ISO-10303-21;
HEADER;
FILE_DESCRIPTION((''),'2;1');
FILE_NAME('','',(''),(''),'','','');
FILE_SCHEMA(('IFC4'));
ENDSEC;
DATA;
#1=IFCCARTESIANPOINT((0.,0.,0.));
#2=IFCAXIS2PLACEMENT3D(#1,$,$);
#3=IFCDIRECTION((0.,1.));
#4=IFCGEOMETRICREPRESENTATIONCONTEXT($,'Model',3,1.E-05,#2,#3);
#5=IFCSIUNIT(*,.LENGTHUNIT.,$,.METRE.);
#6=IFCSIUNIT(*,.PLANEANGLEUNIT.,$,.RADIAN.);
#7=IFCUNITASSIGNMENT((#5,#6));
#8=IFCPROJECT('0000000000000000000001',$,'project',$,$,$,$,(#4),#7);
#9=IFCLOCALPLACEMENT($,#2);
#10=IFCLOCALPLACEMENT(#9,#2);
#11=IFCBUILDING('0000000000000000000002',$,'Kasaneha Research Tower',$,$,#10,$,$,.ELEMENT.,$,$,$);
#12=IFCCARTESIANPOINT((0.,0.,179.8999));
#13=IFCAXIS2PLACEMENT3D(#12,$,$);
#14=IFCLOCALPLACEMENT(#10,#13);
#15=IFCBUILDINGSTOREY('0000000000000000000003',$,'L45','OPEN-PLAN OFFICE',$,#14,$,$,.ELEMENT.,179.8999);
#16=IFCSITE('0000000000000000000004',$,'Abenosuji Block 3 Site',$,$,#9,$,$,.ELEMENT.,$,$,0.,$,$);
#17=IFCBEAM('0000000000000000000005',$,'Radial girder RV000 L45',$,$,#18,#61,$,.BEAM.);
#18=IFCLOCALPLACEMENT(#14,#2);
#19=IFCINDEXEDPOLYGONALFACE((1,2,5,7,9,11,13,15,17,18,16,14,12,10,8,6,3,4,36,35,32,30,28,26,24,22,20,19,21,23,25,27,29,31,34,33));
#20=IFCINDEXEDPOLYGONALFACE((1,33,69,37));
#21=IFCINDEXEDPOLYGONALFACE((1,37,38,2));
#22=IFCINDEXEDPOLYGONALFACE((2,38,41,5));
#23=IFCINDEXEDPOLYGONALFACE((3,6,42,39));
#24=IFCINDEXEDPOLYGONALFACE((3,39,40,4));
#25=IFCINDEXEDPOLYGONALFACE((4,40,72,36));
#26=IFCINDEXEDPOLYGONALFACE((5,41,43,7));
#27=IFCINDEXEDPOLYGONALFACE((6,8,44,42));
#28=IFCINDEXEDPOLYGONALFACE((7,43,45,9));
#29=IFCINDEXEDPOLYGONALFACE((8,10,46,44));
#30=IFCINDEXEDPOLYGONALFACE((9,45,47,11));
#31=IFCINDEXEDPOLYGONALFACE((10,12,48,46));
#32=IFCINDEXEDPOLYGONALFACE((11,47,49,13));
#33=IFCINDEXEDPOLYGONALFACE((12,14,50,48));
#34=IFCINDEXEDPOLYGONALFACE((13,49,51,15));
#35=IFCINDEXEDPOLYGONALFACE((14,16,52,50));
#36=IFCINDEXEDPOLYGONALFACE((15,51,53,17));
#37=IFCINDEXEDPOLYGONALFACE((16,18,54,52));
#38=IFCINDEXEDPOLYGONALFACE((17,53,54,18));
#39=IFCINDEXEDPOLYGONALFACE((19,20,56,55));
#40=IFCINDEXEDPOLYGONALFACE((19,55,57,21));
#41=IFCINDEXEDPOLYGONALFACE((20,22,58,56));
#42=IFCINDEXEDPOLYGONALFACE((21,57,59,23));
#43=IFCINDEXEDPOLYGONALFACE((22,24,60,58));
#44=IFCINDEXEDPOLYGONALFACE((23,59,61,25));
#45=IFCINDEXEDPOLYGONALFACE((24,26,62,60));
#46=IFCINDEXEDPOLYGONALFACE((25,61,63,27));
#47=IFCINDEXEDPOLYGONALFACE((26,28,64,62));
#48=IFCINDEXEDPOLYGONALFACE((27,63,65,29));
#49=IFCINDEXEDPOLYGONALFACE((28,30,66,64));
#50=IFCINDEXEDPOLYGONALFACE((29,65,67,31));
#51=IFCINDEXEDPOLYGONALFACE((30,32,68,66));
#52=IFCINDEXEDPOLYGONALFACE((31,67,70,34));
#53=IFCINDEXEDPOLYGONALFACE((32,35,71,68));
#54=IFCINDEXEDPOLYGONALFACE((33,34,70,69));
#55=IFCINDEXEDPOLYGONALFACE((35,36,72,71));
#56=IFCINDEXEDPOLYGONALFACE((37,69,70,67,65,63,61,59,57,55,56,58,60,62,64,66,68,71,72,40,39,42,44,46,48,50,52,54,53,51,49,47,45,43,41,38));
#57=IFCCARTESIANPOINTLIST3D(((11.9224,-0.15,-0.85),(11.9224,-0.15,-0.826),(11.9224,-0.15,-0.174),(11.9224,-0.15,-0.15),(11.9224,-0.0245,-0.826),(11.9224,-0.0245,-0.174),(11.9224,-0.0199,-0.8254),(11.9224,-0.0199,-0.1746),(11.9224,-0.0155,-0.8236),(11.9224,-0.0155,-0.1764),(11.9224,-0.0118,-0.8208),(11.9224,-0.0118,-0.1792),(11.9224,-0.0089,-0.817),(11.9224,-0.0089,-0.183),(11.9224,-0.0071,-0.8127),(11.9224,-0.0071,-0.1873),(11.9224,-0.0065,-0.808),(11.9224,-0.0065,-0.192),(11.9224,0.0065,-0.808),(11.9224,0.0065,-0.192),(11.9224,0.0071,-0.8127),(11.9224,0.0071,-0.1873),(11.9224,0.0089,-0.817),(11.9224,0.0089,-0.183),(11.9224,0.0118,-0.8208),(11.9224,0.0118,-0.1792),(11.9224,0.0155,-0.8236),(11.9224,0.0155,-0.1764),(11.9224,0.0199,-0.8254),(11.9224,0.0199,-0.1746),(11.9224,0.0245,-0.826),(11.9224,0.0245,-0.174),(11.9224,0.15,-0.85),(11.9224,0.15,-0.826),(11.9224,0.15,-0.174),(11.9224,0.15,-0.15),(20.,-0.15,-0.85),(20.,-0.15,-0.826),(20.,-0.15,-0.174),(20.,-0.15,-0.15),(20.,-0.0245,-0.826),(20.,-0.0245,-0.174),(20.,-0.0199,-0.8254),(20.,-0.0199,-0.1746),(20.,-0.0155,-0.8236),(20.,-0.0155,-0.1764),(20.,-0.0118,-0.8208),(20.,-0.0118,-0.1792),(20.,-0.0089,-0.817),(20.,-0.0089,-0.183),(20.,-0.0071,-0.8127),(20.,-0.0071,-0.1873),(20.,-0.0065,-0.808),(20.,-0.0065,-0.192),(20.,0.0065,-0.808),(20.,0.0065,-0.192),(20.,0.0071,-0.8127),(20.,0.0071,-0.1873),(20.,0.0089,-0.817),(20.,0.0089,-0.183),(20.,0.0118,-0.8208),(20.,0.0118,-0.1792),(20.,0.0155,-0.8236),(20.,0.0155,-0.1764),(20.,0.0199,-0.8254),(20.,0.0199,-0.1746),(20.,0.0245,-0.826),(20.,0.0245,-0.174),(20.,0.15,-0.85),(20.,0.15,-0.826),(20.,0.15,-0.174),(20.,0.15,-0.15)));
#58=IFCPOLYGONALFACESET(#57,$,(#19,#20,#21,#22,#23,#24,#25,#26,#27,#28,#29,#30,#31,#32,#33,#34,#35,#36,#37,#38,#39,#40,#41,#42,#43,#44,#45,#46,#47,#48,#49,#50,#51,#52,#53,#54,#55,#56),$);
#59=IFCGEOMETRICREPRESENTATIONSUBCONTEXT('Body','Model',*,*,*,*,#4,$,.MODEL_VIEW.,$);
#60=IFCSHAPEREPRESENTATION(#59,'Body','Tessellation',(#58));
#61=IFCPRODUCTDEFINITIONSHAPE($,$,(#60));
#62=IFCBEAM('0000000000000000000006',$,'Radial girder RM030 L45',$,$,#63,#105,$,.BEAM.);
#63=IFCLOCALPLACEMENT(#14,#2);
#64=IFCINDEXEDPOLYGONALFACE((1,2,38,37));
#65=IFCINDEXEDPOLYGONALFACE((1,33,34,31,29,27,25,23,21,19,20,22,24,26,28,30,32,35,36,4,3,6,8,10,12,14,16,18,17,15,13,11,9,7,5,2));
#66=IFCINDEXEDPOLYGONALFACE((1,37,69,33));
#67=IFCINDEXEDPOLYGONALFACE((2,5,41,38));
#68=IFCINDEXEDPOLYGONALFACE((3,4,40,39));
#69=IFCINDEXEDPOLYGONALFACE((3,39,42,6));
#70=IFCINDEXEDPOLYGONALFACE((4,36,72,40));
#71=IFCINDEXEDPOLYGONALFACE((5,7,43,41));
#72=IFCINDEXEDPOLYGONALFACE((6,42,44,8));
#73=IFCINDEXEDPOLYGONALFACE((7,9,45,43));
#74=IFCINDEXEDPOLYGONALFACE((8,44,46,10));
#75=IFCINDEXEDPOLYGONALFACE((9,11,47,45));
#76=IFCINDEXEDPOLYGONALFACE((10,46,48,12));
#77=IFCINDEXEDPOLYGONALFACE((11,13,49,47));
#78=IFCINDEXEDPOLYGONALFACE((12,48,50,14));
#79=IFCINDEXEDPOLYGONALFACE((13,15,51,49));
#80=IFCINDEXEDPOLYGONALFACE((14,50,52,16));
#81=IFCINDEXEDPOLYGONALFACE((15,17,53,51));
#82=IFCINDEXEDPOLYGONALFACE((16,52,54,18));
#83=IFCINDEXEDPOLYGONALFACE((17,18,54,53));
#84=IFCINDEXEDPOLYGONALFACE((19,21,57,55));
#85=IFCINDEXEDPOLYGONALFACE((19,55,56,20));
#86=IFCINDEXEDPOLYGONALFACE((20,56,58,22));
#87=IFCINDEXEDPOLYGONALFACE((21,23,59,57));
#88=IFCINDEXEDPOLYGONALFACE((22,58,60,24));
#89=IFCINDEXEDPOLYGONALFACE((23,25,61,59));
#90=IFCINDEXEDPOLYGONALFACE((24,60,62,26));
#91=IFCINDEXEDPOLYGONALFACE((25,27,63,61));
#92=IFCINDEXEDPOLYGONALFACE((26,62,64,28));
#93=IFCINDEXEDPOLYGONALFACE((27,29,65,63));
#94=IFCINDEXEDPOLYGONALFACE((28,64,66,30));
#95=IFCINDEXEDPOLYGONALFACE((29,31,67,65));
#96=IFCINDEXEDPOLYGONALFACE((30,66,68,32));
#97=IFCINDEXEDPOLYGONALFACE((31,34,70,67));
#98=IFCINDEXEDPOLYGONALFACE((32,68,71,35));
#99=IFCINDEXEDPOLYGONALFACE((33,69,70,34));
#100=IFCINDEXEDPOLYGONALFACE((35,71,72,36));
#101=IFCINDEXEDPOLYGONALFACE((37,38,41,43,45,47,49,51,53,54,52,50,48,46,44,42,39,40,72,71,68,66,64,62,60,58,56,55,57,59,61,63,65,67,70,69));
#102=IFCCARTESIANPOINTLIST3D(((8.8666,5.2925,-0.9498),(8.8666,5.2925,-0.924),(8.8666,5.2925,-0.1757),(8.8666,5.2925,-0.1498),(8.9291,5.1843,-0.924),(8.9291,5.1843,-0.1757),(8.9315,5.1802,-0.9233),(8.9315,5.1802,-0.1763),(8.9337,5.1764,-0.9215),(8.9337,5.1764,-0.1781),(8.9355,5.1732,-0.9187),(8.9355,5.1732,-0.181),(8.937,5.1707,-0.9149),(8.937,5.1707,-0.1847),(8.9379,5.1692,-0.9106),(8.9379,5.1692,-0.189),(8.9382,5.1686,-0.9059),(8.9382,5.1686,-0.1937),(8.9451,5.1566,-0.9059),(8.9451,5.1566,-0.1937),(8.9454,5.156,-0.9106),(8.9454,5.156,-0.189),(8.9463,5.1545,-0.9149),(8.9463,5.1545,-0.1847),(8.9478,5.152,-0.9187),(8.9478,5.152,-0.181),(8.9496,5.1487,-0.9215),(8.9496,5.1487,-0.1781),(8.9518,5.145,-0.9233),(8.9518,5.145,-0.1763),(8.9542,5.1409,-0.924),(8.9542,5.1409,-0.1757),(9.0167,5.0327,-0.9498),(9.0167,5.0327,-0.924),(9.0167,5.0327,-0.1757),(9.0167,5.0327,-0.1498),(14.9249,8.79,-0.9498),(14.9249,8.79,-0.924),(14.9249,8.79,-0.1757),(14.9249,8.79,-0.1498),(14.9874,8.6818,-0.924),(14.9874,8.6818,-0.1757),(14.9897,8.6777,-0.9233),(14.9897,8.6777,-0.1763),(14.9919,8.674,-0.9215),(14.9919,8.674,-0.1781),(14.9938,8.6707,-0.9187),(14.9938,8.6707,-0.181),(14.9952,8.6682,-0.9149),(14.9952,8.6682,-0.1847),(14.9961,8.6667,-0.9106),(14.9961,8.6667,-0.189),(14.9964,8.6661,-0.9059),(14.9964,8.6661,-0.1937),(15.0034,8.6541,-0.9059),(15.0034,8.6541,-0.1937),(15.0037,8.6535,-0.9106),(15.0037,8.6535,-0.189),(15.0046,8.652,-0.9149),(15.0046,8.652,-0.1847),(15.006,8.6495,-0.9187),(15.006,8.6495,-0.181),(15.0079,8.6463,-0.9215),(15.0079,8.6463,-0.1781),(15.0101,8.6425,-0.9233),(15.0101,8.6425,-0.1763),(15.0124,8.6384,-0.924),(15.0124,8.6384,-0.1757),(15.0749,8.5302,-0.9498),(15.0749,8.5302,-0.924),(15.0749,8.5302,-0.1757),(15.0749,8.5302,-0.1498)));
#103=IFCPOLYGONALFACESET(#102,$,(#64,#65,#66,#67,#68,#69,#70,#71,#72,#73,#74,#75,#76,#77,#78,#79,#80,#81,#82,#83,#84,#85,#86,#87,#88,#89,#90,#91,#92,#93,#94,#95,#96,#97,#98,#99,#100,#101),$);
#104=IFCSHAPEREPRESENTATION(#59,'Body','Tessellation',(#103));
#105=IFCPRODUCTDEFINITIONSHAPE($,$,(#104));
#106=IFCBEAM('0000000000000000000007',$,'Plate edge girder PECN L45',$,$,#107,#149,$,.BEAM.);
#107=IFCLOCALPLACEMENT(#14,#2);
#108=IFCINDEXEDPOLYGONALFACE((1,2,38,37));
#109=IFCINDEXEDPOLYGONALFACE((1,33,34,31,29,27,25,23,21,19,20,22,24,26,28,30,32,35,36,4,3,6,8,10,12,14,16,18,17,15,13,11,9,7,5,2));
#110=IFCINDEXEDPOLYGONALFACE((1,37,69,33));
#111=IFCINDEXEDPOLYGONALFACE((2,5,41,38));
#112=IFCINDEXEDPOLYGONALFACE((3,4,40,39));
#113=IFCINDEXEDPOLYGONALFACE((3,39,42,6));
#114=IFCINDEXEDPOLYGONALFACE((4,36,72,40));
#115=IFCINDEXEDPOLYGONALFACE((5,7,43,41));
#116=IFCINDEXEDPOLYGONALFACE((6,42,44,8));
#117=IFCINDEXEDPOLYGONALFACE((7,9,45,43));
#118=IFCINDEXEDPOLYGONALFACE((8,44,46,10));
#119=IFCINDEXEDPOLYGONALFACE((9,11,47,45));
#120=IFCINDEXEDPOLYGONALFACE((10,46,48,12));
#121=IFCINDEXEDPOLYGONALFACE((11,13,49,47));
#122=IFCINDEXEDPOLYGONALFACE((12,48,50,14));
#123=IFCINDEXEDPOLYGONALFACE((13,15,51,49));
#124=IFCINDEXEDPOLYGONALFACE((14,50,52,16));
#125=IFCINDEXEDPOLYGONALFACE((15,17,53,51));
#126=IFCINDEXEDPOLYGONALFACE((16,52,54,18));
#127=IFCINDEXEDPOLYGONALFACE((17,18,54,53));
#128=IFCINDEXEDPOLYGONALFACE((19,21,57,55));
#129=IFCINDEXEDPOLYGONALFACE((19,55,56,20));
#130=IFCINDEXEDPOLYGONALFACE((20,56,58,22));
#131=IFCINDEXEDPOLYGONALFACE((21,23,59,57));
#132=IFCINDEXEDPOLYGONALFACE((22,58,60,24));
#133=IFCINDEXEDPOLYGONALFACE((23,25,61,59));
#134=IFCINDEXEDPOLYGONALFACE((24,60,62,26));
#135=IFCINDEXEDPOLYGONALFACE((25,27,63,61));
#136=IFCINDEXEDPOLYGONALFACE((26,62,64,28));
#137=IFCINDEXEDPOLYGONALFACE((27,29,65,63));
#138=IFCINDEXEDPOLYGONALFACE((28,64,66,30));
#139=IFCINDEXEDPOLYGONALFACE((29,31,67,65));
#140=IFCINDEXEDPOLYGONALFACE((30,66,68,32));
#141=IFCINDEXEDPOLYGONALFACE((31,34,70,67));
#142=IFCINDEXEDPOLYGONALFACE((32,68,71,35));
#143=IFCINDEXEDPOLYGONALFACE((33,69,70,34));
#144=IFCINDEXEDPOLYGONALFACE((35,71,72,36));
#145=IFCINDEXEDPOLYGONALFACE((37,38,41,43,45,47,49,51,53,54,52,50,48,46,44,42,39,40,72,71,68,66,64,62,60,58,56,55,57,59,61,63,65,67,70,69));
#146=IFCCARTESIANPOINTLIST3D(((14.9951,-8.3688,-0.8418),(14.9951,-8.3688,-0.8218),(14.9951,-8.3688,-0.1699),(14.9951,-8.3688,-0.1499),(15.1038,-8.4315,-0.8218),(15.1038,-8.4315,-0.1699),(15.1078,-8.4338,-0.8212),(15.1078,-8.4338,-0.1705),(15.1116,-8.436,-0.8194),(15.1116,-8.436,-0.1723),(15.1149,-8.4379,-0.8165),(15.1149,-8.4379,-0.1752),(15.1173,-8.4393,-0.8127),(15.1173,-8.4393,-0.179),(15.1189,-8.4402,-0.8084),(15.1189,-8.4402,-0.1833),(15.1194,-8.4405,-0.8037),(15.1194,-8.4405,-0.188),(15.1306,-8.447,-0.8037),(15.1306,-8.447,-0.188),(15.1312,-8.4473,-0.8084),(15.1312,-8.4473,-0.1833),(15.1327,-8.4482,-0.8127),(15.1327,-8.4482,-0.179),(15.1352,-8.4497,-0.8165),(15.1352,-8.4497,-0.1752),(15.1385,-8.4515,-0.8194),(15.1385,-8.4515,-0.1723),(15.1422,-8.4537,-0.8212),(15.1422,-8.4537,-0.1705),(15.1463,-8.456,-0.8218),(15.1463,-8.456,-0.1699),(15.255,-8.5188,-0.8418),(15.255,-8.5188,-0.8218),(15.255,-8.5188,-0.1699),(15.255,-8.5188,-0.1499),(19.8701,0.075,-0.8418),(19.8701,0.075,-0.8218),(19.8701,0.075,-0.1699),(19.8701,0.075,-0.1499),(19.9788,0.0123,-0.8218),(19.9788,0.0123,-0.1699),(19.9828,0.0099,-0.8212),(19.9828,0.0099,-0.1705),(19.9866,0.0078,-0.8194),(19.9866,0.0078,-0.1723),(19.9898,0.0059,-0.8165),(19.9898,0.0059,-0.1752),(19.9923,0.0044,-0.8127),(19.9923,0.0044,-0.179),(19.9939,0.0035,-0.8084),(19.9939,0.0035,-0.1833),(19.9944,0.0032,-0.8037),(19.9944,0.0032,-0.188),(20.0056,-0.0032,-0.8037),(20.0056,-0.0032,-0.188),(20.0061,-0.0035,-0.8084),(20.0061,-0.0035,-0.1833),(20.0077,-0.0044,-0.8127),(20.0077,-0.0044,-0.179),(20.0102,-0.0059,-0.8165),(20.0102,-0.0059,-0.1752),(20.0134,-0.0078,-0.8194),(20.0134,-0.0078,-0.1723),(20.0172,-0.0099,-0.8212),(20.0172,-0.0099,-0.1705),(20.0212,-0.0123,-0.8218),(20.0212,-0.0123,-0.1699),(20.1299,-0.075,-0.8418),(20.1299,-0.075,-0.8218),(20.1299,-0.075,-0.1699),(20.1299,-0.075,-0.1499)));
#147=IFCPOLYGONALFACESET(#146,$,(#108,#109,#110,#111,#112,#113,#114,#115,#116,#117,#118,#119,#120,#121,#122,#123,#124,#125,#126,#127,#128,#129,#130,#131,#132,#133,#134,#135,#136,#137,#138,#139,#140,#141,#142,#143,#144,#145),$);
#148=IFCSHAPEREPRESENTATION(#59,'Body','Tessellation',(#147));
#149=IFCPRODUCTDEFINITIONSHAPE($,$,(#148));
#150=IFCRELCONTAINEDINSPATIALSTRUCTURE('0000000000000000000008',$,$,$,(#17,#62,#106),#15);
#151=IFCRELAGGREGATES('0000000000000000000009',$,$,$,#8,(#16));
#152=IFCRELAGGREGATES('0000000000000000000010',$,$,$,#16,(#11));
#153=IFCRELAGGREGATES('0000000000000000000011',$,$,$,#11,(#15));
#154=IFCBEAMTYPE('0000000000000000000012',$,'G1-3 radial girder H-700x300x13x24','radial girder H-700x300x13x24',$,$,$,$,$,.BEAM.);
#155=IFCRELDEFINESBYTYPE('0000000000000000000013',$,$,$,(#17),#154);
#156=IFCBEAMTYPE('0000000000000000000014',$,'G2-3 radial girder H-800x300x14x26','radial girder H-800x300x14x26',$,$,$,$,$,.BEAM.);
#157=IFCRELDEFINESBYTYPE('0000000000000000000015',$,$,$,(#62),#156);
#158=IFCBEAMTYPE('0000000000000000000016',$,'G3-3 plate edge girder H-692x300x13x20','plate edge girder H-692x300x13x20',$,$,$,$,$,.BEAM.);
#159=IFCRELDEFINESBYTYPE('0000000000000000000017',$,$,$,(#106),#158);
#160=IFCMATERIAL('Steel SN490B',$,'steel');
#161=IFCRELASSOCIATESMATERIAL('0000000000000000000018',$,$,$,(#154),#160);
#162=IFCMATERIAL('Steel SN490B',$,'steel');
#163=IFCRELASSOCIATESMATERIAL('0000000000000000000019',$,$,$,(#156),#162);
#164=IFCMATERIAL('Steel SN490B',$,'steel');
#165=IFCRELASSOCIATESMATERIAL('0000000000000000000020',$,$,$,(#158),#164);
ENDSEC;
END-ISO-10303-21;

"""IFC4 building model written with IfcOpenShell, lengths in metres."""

from ifc_helpers import new_model, si_unit, direction, frame, origin, origin_2d, place, context, subcontext, project, spatial, i_section, extrude, material, material_profile, profile_set, type_object, element, save


model = new_model("IFC4")

# Units and contexts
model_context = context("Model", 3, precision=1e-05, world=origin(), true_north=direction((0.0, 1.0)))
body_context = subcontext(model_context, "Body", "Model", "MODEL_VIEW")
ifc_project = project(units=[si_unit("LENGTHUNIT", "METRE"), si_unit("PLANEANGLEUNIT", "RADIAN")], contexts=[model_context])

# Site, building, storey
site_placement = place(None, origin())
site = spatial("IfcSite", under=ifc_project, at=site_placement, Name="Abenosuji Block 3 Site", CompositionType="ELEMENT", RefElevation=0.0)
building_placement = place(site_placement, origin())
building = spatial("IfcBuilding", under=site, at=building_placement, Name="Kasaneha Research Tower", CompositionType="ELEMENT")
storey_placement = place(building_placement, frame((0.0, 0.0, 179.8999)))
storey = spatial("IfcBuildingStorey", under=building, at=storey_placement, Name="L45", Description="OPEN-PLAN OFFICE", CompositionType="ELEMENT", Elevation=179.8999)

# Beams
ifc_material_1 = material(Name="Steel SN490B", Category="steel")
ifc_material_profile_1 = material_profile(ifc_material_1, i_section(OverallWidth=0.3, OverallDepth=0.7, WebThickness=0.0129, FlangeThickness=0.0239, FilletRadius=0.0181, at=origin_2d()), Name="H-700x300x13x24")
ifc_profile_set_1 = profile_set([ifc_material_profile_1], Name="Steel SN490B")
beam_type_1 = type_object("IfcBeamType", Name="G1-3 radial girder H-700x300x13x24", Description="radial girder H-700x300x13x24", PredefinedType="BEAM", material=ifc_profile_set_1)
beam_1_placement = place(storey_placement, frame((11.9224, 0.0, -0.5), z_axis=(1.0, 0.0, 0.0), x_axis=(0.0, 1.0, 0.0)))
element("IfcBeam", 1, at=beam_1_placement, inside=storey, type_object=beam_type_1, Name="Radial girder RV000 L45", PredefinedType="BEAM", context=body_context, shape_type="SweptSolid", body=[
    extrude(i_section(OverallWidth=0.3, OverallDepth=0.7, WebThickness=0.0129, FlangeThickness=0.0239, FilletRadius=0.0181, at=origin_2d()), origin(), (0.0, 0.0, 1.0), 8.0776),
])
ifc_material_2 = material(Name="Steel SN490B", Category="steel")
ifc_material_profile_2 = material_profile(ifc_material_2, i_section(OverallWidth=0.3, OverallDepth=0.8, WebThickness=0.0139, FlangeThickness=0.0259, FilletRadius=0.0181, at=origin_2d()), Name="H-800x300x14x26")
ifc_profile_set_2 = profile_set([ifc_material_profile_2], Name="Steel SN490B")
beam_type_2 = type_object("IfcBeamType", Name="G2-3 radial girder H-800x300x14x26", Description="radial girder H-800x300x14x26", PredefinedType="BEAM", material=ifc_profile_set_2)
beam_2_placement = place(storey_placement, frame((8.9417, 5.1626, -0.5498), z_axis=(0.86604, 0.499975, 0.0), x_axis=(-0.499975, 0.86604, 0.0)))
element("IfcBeam", 2, at=beam_2_placement, inside=storey, type_object=beam_type_2, Name="Radial girder RM030 L45", PredefinedType="BEAM", context=body_context, shape_type="SweptSolid", body=[
    extrude(i_section(OverallWidth=0.3, OverallDepth=0.8, WebThickness=0.0139, FlangeThickness=0.0259, FilletRadius=0.0181, at=origin_2d()), origin(), (0.0, 0.0, 1.0), 6.9954),
])
ifc_material_3 = material(Name="Steel SN490B", Category="steel")
ifc_material_profile_3 = material_profile(ifc_material_3, i_section(OverallWidth=0.3, OverallDepth=0.6919, WebThickness=0.0129, FlangeThickness=0.02, FilletRadius=0.0181, at=origin_2d()), Name="H-692x300x13x20")
ifc_profile_set_3 = profile_set([ifc_material_profile_3], Name="Steel SN490B")
beam_type_3 = type_object("IfcBeamType", Name="G3-3 plate edge girder H-692x300x13x20", Description="plate edge girder H-692x300x13x20", PredefinedType="BEAM", material=ifc_profile_set_3)
beam_3_placement = place(storey_placement, frame((20.0, 0.0, -0.4958), z_axis=(-0.499996, -0.866028, 0.0), x_axis=(0.866028, -0.499996, 0.0)))
element("IfcBeam", 3, at=beam_3_placement, inside=storey, type_object=beam_type_3, Name="Plate edge girder PECN L45", PredefinedType="BEAM", context=body_context, shape_type="SweptSolid", body=[
    extrude(i_section(OverallWidth=0.3, OverallDepth=0.6919, WebThickness=0.0129, FlangeThickness=0.02, FilletRadius=0.0181, at=origin_2d()), origin(), (0.0, 0.0, 1.0), 9.75),
])

save(model, "model.ifc")
